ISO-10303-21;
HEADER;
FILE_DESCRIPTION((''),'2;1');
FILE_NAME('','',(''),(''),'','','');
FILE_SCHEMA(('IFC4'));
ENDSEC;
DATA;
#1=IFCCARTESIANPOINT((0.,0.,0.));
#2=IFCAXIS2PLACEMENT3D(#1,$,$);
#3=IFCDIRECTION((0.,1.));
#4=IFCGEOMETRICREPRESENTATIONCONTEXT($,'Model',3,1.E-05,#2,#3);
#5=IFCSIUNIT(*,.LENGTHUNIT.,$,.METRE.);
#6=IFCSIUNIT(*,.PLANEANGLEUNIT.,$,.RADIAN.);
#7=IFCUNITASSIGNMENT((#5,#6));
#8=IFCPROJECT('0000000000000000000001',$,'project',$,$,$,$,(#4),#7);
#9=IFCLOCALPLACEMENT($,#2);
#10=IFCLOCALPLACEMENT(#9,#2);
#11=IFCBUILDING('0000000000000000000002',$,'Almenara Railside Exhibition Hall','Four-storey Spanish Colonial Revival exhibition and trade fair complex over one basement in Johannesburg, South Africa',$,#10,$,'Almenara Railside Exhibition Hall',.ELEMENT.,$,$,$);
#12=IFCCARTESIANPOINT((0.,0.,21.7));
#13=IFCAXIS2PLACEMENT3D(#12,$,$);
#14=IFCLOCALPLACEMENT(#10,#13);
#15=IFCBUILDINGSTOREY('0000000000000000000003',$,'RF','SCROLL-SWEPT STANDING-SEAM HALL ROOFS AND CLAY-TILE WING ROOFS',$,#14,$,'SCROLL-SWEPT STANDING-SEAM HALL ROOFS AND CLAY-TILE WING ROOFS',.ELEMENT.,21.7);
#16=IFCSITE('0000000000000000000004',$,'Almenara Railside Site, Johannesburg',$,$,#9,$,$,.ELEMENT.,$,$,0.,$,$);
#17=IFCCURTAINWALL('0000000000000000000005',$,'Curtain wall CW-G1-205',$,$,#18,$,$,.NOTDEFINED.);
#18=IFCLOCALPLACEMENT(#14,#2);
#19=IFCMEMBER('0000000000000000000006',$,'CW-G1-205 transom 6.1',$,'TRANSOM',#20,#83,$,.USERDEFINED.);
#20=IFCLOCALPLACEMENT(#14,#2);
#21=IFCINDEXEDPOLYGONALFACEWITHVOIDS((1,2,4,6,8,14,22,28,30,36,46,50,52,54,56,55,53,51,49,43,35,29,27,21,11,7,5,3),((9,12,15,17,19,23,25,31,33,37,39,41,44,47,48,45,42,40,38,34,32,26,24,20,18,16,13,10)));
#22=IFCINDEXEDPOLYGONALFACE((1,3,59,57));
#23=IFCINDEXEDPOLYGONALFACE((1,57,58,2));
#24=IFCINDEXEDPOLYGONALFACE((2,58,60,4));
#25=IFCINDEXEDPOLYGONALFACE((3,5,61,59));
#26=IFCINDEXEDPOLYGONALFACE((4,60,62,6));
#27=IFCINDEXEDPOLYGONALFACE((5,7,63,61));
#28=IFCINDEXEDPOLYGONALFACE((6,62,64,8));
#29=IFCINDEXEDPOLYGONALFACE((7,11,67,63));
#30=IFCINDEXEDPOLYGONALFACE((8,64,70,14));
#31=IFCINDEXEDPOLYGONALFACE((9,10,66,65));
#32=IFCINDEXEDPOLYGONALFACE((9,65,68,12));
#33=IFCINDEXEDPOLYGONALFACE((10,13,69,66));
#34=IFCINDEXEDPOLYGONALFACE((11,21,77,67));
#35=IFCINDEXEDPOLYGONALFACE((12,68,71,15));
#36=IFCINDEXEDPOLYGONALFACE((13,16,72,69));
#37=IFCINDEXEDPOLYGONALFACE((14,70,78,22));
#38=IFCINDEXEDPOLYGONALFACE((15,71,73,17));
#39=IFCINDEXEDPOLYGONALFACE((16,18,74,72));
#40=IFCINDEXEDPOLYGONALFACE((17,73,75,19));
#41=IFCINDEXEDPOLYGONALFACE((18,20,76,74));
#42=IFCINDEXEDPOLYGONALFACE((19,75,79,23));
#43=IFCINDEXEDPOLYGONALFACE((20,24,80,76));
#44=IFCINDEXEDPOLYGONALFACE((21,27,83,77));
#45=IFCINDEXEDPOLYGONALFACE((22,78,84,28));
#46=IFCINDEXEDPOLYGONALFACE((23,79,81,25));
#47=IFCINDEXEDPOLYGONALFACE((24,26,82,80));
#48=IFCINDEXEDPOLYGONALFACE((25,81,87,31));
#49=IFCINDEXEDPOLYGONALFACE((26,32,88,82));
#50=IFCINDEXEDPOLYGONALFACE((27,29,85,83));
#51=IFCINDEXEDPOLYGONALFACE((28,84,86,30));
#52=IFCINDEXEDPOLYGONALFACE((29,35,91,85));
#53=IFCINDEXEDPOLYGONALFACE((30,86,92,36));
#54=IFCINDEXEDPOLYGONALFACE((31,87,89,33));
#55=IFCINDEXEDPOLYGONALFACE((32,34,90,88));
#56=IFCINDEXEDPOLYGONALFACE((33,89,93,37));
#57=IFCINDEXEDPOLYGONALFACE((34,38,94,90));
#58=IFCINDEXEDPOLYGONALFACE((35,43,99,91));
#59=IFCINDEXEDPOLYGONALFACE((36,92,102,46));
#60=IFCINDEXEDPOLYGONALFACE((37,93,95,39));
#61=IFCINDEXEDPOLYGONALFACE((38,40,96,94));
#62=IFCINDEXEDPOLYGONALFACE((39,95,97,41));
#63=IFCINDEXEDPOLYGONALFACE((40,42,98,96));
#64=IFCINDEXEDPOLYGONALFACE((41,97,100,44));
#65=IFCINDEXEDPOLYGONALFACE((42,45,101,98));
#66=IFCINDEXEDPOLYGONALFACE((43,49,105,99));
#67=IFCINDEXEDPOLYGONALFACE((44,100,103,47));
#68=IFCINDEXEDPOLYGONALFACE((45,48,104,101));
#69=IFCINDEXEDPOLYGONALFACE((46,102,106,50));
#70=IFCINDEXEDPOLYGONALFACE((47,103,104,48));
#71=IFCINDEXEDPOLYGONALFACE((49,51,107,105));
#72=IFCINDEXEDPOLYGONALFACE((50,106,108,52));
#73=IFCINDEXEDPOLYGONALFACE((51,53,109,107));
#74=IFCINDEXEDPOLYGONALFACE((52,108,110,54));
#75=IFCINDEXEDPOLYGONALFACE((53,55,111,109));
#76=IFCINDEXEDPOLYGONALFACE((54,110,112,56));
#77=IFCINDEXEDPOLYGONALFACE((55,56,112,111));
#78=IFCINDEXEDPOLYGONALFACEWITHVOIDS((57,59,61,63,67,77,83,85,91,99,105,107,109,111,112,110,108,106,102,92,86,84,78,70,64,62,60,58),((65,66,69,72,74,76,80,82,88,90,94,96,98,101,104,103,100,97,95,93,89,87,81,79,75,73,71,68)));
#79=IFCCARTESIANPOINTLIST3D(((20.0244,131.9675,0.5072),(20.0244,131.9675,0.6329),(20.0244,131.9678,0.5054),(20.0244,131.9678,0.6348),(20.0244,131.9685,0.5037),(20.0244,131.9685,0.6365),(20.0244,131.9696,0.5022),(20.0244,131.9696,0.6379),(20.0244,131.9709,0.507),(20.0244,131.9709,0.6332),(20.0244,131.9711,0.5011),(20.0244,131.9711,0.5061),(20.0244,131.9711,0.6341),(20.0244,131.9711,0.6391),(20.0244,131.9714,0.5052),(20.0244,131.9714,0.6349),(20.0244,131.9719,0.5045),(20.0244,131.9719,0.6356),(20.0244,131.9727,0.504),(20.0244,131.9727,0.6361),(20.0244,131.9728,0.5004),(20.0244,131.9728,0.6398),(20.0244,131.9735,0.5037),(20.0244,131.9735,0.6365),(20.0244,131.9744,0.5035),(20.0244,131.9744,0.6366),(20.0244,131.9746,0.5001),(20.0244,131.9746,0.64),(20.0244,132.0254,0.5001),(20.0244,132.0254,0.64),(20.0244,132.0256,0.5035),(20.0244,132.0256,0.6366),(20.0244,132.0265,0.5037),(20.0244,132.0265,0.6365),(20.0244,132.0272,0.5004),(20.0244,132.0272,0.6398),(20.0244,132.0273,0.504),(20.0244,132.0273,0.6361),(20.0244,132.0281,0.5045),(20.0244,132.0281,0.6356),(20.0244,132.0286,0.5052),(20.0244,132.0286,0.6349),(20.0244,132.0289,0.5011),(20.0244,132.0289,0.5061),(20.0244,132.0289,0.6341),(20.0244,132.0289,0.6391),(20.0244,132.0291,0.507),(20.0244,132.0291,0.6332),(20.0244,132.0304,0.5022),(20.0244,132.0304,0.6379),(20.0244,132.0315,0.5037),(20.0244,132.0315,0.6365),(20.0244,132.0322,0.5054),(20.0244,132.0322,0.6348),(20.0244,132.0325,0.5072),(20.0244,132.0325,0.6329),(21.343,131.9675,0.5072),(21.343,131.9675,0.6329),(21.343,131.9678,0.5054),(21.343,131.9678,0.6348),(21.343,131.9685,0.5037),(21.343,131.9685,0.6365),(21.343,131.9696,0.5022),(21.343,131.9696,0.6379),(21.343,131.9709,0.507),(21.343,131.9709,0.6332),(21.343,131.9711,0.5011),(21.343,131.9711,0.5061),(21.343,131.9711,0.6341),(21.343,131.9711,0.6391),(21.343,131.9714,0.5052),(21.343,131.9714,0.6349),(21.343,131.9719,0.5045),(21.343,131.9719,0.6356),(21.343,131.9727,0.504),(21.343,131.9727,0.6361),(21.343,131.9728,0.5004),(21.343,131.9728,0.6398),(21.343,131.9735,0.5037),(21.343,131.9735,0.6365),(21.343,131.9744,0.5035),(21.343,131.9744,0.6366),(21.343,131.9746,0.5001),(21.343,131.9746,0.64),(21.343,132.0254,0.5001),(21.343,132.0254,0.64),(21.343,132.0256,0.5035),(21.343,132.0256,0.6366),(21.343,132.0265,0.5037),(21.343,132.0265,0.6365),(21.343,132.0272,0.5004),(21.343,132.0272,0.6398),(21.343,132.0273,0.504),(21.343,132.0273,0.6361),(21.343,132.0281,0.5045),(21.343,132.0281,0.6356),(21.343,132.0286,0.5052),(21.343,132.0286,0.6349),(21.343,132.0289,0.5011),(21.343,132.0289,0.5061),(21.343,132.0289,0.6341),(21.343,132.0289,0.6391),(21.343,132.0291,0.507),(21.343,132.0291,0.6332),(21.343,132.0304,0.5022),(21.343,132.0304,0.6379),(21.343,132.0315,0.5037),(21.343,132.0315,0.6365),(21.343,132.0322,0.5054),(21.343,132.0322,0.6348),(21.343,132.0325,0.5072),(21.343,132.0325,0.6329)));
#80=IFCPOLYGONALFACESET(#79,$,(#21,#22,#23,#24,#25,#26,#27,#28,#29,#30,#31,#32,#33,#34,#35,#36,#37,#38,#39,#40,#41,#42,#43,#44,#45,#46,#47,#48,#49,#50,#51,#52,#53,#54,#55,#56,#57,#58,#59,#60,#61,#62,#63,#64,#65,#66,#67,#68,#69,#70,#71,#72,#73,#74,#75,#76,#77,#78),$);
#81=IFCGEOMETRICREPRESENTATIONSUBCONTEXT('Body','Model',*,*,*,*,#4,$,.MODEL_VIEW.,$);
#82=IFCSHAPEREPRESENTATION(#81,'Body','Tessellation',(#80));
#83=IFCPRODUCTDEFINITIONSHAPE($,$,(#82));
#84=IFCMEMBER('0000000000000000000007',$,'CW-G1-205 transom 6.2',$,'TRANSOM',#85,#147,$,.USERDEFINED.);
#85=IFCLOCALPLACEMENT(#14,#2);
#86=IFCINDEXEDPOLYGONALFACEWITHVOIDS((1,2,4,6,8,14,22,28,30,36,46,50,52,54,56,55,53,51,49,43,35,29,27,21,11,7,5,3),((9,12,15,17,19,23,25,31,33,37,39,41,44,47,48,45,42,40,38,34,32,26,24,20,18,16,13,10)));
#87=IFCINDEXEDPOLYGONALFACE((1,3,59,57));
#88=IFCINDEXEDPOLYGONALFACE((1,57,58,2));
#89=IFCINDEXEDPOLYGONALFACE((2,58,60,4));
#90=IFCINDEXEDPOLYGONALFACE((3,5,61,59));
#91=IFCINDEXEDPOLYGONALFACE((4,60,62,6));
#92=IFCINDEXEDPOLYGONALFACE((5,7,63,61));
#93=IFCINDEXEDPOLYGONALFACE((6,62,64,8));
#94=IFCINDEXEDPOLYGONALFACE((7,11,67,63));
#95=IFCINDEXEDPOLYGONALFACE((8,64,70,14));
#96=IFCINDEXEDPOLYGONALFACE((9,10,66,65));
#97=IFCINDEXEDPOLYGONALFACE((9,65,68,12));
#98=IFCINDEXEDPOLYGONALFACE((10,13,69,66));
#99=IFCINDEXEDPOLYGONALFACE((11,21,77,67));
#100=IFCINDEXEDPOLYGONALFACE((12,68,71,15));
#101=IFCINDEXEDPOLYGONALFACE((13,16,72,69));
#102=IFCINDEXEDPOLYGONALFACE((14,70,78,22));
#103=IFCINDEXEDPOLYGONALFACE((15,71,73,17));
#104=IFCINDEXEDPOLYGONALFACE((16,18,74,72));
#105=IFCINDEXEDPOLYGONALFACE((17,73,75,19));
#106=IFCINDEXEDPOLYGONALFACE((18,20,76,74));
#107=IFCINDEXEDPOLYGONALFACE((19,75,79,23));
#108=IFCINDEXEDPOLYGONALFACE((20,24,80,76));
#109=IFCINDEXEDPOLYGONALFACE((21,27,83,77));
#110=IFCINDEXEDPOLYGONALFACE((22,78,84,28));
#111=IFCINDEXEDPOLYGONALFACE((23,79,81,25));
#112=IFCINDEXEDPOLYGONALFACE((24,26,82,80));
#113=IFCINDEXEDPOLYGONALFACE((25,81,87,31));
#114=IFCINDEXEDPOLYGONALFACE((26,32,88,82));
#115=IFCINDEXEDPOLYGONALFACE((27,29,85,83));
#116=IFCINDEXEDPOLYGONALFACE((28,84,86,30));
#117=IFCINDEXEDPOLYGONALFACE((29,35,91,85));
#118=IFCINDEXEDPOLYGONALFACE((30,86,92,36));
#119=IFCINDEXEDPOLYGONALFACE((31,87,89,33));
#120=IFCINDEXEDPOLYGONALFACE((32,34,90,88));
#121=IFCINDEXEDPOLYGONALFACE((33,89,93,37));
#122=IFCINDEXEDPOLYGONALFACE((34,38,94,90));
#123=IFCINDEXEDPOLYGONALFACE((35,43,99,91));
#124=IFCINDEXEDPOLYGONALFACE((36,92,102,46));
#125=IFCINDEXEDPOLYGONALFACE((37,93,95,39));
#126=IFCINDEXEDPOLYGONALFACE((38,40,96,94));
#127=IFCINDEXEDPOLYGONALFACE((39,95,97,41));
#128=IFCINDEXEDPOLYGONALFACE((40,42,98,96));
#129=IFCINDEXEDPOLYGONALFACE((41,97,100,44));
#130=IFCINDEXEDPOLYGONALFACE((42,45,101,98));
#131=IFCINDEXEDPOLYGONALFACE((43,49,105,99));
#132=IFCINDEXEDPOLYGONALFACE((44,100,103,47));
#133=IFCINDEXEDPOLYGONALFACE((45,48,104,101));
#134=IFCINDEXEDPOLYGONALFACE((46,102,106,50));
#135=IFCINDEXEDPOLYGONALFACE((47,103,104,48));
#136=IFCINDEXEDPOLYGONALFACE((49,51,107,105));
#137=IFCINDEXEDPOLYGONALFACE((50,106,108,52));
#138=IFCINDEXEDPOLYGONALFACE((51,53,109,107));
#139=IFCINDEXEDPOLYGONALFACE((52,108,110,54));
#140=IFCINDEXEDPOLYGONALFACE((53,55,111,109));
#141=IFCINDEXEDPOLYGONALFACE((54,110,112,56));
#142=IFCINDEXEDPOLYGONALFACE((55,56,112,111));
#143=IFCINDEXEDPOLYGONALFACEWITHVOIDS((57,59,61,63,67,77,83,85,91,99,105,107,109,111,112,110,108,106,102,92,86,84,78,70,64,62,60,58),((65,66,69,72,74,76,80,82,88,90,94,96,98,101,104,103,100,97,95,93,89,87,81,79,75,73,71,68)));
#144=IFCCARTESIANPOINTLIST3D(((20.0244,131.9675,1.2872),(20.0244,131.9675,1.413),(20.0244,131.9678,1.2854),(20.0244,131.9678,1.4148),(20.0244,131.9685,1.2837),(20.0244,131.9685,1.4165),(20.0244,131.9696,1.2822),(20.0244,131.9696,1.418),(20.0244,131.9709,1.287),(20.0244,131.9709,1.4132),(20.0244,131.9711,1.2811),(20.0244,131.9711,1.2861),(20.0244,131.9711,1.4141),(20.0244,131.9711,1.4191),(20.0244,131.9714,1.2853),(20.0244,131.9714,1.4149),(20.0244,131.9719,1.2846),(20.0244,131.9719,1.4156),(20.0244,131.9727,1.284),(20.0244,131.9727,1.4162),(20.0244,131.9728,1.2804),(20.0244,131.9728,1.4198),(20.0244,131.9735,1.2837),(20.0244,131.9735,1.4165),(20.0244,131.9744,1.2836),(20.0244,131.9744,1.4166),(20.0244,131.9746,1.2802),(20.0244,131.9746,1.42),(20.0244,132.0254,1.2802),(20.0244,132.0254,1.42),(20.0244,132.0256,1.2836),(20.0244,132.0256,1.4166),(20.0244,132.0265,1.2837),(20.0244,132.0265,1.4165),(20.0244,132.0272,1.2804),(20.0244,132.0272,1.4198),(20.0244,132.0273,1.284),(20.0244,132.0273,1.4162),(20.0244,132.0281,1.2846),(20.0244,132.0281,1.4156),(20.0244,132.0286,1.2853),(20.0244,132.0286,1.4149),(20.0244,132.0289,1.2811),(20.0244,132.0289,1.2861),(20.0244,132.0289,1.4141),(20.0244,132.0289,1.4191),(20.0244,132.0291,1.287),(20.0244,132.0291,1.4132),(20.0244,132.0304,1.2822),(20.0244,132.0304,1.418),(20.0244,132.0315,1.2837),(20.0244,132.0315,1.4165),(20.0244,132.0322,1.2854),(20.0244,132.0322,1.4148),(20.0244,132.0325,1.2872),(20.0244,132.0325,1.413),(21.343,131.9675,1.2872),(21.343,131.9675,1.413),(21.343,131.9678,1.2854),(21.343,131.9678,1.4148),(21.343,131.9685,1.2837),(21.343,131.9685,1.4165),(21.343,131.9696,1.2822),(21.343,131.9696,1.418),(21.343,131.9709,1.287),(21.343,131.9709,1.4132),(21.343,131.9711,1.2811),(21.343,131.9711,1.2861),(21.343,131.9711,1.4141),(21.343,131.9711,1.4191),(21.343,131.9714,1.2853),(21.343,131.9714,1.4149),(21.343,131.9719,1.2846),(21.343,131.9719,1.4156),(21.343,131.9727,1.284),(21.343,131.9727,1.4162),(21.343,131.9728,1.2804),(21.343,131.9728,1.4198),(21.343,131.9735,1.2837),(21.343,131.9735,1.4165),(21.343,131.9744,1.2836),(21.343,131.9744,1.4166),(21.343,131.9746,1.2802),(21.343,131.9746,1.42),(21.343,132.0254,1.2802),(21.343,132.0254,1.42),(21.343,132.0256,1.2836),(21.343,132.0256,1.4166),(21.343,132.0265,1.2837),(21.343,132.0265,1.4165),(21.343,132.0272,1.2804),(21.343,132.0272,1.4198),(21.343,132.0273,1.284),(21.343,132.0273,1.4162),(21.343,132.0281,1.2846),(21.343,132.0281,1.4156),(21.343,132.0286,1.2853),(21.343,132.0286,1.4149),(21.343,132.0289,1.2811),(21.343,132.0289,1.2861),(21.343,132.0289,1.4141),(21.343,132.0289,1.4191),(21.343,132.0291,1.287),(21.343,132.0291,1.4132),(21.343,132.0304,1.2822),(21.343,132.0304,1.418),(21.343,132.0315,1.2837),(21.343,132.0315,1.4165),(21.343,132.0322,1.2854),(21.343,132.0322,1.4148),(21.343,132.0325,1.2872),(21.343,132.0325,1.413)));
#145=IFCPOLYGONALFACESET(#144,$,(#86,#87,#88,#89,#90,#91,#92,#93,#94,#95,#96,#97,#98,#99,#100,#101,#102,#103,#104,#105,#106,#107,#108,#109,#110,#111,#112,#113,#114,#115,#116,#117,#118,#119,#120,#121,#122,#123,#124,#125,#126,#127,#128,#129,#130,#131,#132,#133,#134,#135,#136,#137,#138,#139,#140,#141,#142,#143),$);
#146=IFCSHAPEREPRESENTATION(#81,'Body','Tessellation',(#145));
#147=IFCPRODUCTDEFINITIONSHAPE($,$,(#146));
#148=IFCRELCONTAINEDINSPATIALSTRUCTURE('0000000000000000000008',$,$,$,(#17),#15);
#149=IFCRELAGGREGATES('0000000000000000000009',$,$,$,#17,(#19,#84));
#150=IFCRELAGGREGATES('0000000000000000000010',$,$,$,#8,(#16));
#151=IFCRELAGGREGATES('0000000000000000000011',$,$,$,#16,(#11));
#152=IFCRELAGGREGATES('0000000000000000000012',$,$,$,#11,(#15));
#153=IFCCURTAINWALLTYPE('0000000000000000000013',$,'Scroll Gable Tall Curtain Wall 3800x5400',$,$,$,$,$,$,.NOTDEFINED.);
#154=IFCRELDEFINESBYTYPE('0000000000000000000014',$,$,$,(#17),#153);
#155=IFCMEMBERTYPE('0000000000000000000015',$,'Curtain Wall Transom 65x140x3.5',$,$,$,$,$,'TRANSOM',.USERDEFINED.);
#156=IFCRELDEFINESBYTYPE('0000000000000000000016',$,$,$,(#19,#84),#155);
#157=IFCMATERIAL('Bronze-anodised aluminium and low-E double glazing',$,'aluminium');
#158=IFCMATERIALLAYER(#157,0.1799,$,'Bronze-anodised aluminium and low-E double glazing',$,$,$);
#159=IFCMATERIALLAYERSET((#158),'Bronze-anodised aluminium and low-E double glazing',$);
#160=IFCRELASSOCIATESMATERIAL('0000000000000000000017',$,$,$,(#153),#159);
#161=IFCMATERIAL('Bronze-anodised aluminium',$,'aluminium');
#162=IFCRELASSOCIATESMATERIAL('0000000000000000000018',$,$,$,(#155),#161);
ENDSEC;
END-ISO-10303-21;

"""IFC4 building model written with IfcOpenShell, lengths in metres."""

from ifc_helpers import new_model, si_unit, direction, frame, origin, origin_2d, place, context, subcontext, project, spatial, hollow_rectangle, extrude, material, layer, layer_set, material_profile, profile_set, type_object, element, aggregate, save


model = new_model("IFC4")

# Units and contexts
model_context = context("Model", 3, precision=1e-05, world=origin(), true_north=direction((0.0, 1.0)))
body_context = subcontext(model_context, "Body", "Model", "MODEL_VIEW")
ifc_project = project(units=[si_unit("LENGTHUNIT", "METRE"), si_unit("PLANEANGLEUNIT", "RADIAN")], contexts=[model_context])

# Site, building, storey
site_placement = place(None, origin())
site = spatial("IfcSite", under=ifc_project, at=site_placement, Name="Almenara Railside Site, Johannesburg", CompositionType="ELEMENT", RefElevation=0.0)
building_placement = place(site_placement, origin())
building = spatial("IfcBuilding", under=site, at=building_placement, Name="Almenara Railside Exhibition Hall", Description="Four-storey Spanish Colonial Revival exhibition and trade fair complex over one basement in Johannesburg, South Africa", LongName="Almenara Railside Exhibition Hall", CompositionType="ELEMENT")
storey_placement = place(building_placement, frame((0.0, 0.0, 21.7)))
storey = spatial("IfcBuildingStorey", under=building, at=storey_placement, Name="RF", Description="SCROLL-SWEPT STANDING-SEAM HALL ROOFS AND CLAY-TILE WING ROOFS", LongName="SCROLL-SWEPT STANDING-SEAM HALL ROOFS AND CLAY-TILE WING ROOFS", CompositionType="ELEMENT", Elevation=21.7)

# Curtain wall
ifc_material_1 = material(Name="Bronze-anodised aluminium and low-E double glazing", Category="aluminium")
ifc_layer_1 = layer(ifc_material_1, 0.1799, Name="Bronze-anodised aluminium and low-E double glazing")
ifc_layer_set_1 = layer_set([ifc_layer_1], Name="Bronze-anodised aluminium and low-E double glazing")
curtain_wall_type = type_object("IfcCurtainWallType", Name="Scroll Gable Tall Curtain Wall 3800x5400", PredefinedType="NOTDEFINED", material=ifc_layer_set_1)
ifc_material_2 = material(Name="Bronze-anodised aluminium", Category="aluminium")
curtain_wall_1_placement = place(storey_placement, origin())
curtain_wall_1 = element("IfcCurtainWall", 1, at=curtain_wall_1_placement, inside=storey, type_object=curtain_wall_type, Name="Curtain wall CW-G1-205", PredefinedType="NOTDEFINED")

# Members
ifc_material_profile_1 = material_profile(ifc_material_2, hollow_rectangle(XDim=0.0649, YDim=0.1399, WallThickness=0.0034, InnerFilletRadius=0.0034, OuterFilletRadius=0.0071, at=origin_2d()), Name="ALU-TRN 65x140x3.5")
ifc_profile_set_1 = profile_set([ifc_material_profile_1], Name="Bronze-anodised aluminium")
member_type_1 = type_object("IfcMemberType", Name="Curtain Wall Transom 65x140x3.5", ElementType="TRANSOM", PredefinedType="USERDEFINED", material=ifc_profile_set_1)
member_1_placement = place(storey_placement, frame((20.0244, 132.0, 0.5701), z_axis=(1.0, 0.0, 0.0), x_axis=(0.0, 1.0, 0.0)))
member_1 = element("IfcMember", 2, at=member_1_placement, type_object=member_type_1, Name="CW-G1-205 transom 6.1", ObjectType="TRANSOM", PredefinedType="USERDEFINED", context=body_context, shape_type="SweptSolid", body=[
    extrude(hollow_rectangle(XDim=0.0649, YDim=0.1399, WallThickness=0.0034, InnerFilletRadius=0.0034, OuterFilletRadius=0.0071, at=origin_2d()), origin(), (0.0, 0.0, 1.0), 1.3186),
])
member_2_placement = place(storey_placement, frame((20.0244, 132.0, 1.3501), z_axis=(1.0, 0.0, 0.0), x_axis=(0.0, 1.0, 0.0)))
member_2 = element("IfcMember", 3, at=member_2_placement, type_object=member_type_1, Name="CW-G1-205 transom 6.2", ObjectType="TRANSOM", PredefinedType="USERDEFINED", context=body_context, shape_type="SweptSolid", body=[
    extrude(hollow_rectangle(XDim=0.0649, YDim=0.1399, WallThickness=0.0034, InnerFilletRadius=0.0034, OuterFilletRadius=0.0071, at=origin_2d()), origin(), (0.0, 0.0, 1.0), 1.3186),
])

aggregate(curtain_wall_1, [member_1, member_2])

save(model, "model.ifc")
